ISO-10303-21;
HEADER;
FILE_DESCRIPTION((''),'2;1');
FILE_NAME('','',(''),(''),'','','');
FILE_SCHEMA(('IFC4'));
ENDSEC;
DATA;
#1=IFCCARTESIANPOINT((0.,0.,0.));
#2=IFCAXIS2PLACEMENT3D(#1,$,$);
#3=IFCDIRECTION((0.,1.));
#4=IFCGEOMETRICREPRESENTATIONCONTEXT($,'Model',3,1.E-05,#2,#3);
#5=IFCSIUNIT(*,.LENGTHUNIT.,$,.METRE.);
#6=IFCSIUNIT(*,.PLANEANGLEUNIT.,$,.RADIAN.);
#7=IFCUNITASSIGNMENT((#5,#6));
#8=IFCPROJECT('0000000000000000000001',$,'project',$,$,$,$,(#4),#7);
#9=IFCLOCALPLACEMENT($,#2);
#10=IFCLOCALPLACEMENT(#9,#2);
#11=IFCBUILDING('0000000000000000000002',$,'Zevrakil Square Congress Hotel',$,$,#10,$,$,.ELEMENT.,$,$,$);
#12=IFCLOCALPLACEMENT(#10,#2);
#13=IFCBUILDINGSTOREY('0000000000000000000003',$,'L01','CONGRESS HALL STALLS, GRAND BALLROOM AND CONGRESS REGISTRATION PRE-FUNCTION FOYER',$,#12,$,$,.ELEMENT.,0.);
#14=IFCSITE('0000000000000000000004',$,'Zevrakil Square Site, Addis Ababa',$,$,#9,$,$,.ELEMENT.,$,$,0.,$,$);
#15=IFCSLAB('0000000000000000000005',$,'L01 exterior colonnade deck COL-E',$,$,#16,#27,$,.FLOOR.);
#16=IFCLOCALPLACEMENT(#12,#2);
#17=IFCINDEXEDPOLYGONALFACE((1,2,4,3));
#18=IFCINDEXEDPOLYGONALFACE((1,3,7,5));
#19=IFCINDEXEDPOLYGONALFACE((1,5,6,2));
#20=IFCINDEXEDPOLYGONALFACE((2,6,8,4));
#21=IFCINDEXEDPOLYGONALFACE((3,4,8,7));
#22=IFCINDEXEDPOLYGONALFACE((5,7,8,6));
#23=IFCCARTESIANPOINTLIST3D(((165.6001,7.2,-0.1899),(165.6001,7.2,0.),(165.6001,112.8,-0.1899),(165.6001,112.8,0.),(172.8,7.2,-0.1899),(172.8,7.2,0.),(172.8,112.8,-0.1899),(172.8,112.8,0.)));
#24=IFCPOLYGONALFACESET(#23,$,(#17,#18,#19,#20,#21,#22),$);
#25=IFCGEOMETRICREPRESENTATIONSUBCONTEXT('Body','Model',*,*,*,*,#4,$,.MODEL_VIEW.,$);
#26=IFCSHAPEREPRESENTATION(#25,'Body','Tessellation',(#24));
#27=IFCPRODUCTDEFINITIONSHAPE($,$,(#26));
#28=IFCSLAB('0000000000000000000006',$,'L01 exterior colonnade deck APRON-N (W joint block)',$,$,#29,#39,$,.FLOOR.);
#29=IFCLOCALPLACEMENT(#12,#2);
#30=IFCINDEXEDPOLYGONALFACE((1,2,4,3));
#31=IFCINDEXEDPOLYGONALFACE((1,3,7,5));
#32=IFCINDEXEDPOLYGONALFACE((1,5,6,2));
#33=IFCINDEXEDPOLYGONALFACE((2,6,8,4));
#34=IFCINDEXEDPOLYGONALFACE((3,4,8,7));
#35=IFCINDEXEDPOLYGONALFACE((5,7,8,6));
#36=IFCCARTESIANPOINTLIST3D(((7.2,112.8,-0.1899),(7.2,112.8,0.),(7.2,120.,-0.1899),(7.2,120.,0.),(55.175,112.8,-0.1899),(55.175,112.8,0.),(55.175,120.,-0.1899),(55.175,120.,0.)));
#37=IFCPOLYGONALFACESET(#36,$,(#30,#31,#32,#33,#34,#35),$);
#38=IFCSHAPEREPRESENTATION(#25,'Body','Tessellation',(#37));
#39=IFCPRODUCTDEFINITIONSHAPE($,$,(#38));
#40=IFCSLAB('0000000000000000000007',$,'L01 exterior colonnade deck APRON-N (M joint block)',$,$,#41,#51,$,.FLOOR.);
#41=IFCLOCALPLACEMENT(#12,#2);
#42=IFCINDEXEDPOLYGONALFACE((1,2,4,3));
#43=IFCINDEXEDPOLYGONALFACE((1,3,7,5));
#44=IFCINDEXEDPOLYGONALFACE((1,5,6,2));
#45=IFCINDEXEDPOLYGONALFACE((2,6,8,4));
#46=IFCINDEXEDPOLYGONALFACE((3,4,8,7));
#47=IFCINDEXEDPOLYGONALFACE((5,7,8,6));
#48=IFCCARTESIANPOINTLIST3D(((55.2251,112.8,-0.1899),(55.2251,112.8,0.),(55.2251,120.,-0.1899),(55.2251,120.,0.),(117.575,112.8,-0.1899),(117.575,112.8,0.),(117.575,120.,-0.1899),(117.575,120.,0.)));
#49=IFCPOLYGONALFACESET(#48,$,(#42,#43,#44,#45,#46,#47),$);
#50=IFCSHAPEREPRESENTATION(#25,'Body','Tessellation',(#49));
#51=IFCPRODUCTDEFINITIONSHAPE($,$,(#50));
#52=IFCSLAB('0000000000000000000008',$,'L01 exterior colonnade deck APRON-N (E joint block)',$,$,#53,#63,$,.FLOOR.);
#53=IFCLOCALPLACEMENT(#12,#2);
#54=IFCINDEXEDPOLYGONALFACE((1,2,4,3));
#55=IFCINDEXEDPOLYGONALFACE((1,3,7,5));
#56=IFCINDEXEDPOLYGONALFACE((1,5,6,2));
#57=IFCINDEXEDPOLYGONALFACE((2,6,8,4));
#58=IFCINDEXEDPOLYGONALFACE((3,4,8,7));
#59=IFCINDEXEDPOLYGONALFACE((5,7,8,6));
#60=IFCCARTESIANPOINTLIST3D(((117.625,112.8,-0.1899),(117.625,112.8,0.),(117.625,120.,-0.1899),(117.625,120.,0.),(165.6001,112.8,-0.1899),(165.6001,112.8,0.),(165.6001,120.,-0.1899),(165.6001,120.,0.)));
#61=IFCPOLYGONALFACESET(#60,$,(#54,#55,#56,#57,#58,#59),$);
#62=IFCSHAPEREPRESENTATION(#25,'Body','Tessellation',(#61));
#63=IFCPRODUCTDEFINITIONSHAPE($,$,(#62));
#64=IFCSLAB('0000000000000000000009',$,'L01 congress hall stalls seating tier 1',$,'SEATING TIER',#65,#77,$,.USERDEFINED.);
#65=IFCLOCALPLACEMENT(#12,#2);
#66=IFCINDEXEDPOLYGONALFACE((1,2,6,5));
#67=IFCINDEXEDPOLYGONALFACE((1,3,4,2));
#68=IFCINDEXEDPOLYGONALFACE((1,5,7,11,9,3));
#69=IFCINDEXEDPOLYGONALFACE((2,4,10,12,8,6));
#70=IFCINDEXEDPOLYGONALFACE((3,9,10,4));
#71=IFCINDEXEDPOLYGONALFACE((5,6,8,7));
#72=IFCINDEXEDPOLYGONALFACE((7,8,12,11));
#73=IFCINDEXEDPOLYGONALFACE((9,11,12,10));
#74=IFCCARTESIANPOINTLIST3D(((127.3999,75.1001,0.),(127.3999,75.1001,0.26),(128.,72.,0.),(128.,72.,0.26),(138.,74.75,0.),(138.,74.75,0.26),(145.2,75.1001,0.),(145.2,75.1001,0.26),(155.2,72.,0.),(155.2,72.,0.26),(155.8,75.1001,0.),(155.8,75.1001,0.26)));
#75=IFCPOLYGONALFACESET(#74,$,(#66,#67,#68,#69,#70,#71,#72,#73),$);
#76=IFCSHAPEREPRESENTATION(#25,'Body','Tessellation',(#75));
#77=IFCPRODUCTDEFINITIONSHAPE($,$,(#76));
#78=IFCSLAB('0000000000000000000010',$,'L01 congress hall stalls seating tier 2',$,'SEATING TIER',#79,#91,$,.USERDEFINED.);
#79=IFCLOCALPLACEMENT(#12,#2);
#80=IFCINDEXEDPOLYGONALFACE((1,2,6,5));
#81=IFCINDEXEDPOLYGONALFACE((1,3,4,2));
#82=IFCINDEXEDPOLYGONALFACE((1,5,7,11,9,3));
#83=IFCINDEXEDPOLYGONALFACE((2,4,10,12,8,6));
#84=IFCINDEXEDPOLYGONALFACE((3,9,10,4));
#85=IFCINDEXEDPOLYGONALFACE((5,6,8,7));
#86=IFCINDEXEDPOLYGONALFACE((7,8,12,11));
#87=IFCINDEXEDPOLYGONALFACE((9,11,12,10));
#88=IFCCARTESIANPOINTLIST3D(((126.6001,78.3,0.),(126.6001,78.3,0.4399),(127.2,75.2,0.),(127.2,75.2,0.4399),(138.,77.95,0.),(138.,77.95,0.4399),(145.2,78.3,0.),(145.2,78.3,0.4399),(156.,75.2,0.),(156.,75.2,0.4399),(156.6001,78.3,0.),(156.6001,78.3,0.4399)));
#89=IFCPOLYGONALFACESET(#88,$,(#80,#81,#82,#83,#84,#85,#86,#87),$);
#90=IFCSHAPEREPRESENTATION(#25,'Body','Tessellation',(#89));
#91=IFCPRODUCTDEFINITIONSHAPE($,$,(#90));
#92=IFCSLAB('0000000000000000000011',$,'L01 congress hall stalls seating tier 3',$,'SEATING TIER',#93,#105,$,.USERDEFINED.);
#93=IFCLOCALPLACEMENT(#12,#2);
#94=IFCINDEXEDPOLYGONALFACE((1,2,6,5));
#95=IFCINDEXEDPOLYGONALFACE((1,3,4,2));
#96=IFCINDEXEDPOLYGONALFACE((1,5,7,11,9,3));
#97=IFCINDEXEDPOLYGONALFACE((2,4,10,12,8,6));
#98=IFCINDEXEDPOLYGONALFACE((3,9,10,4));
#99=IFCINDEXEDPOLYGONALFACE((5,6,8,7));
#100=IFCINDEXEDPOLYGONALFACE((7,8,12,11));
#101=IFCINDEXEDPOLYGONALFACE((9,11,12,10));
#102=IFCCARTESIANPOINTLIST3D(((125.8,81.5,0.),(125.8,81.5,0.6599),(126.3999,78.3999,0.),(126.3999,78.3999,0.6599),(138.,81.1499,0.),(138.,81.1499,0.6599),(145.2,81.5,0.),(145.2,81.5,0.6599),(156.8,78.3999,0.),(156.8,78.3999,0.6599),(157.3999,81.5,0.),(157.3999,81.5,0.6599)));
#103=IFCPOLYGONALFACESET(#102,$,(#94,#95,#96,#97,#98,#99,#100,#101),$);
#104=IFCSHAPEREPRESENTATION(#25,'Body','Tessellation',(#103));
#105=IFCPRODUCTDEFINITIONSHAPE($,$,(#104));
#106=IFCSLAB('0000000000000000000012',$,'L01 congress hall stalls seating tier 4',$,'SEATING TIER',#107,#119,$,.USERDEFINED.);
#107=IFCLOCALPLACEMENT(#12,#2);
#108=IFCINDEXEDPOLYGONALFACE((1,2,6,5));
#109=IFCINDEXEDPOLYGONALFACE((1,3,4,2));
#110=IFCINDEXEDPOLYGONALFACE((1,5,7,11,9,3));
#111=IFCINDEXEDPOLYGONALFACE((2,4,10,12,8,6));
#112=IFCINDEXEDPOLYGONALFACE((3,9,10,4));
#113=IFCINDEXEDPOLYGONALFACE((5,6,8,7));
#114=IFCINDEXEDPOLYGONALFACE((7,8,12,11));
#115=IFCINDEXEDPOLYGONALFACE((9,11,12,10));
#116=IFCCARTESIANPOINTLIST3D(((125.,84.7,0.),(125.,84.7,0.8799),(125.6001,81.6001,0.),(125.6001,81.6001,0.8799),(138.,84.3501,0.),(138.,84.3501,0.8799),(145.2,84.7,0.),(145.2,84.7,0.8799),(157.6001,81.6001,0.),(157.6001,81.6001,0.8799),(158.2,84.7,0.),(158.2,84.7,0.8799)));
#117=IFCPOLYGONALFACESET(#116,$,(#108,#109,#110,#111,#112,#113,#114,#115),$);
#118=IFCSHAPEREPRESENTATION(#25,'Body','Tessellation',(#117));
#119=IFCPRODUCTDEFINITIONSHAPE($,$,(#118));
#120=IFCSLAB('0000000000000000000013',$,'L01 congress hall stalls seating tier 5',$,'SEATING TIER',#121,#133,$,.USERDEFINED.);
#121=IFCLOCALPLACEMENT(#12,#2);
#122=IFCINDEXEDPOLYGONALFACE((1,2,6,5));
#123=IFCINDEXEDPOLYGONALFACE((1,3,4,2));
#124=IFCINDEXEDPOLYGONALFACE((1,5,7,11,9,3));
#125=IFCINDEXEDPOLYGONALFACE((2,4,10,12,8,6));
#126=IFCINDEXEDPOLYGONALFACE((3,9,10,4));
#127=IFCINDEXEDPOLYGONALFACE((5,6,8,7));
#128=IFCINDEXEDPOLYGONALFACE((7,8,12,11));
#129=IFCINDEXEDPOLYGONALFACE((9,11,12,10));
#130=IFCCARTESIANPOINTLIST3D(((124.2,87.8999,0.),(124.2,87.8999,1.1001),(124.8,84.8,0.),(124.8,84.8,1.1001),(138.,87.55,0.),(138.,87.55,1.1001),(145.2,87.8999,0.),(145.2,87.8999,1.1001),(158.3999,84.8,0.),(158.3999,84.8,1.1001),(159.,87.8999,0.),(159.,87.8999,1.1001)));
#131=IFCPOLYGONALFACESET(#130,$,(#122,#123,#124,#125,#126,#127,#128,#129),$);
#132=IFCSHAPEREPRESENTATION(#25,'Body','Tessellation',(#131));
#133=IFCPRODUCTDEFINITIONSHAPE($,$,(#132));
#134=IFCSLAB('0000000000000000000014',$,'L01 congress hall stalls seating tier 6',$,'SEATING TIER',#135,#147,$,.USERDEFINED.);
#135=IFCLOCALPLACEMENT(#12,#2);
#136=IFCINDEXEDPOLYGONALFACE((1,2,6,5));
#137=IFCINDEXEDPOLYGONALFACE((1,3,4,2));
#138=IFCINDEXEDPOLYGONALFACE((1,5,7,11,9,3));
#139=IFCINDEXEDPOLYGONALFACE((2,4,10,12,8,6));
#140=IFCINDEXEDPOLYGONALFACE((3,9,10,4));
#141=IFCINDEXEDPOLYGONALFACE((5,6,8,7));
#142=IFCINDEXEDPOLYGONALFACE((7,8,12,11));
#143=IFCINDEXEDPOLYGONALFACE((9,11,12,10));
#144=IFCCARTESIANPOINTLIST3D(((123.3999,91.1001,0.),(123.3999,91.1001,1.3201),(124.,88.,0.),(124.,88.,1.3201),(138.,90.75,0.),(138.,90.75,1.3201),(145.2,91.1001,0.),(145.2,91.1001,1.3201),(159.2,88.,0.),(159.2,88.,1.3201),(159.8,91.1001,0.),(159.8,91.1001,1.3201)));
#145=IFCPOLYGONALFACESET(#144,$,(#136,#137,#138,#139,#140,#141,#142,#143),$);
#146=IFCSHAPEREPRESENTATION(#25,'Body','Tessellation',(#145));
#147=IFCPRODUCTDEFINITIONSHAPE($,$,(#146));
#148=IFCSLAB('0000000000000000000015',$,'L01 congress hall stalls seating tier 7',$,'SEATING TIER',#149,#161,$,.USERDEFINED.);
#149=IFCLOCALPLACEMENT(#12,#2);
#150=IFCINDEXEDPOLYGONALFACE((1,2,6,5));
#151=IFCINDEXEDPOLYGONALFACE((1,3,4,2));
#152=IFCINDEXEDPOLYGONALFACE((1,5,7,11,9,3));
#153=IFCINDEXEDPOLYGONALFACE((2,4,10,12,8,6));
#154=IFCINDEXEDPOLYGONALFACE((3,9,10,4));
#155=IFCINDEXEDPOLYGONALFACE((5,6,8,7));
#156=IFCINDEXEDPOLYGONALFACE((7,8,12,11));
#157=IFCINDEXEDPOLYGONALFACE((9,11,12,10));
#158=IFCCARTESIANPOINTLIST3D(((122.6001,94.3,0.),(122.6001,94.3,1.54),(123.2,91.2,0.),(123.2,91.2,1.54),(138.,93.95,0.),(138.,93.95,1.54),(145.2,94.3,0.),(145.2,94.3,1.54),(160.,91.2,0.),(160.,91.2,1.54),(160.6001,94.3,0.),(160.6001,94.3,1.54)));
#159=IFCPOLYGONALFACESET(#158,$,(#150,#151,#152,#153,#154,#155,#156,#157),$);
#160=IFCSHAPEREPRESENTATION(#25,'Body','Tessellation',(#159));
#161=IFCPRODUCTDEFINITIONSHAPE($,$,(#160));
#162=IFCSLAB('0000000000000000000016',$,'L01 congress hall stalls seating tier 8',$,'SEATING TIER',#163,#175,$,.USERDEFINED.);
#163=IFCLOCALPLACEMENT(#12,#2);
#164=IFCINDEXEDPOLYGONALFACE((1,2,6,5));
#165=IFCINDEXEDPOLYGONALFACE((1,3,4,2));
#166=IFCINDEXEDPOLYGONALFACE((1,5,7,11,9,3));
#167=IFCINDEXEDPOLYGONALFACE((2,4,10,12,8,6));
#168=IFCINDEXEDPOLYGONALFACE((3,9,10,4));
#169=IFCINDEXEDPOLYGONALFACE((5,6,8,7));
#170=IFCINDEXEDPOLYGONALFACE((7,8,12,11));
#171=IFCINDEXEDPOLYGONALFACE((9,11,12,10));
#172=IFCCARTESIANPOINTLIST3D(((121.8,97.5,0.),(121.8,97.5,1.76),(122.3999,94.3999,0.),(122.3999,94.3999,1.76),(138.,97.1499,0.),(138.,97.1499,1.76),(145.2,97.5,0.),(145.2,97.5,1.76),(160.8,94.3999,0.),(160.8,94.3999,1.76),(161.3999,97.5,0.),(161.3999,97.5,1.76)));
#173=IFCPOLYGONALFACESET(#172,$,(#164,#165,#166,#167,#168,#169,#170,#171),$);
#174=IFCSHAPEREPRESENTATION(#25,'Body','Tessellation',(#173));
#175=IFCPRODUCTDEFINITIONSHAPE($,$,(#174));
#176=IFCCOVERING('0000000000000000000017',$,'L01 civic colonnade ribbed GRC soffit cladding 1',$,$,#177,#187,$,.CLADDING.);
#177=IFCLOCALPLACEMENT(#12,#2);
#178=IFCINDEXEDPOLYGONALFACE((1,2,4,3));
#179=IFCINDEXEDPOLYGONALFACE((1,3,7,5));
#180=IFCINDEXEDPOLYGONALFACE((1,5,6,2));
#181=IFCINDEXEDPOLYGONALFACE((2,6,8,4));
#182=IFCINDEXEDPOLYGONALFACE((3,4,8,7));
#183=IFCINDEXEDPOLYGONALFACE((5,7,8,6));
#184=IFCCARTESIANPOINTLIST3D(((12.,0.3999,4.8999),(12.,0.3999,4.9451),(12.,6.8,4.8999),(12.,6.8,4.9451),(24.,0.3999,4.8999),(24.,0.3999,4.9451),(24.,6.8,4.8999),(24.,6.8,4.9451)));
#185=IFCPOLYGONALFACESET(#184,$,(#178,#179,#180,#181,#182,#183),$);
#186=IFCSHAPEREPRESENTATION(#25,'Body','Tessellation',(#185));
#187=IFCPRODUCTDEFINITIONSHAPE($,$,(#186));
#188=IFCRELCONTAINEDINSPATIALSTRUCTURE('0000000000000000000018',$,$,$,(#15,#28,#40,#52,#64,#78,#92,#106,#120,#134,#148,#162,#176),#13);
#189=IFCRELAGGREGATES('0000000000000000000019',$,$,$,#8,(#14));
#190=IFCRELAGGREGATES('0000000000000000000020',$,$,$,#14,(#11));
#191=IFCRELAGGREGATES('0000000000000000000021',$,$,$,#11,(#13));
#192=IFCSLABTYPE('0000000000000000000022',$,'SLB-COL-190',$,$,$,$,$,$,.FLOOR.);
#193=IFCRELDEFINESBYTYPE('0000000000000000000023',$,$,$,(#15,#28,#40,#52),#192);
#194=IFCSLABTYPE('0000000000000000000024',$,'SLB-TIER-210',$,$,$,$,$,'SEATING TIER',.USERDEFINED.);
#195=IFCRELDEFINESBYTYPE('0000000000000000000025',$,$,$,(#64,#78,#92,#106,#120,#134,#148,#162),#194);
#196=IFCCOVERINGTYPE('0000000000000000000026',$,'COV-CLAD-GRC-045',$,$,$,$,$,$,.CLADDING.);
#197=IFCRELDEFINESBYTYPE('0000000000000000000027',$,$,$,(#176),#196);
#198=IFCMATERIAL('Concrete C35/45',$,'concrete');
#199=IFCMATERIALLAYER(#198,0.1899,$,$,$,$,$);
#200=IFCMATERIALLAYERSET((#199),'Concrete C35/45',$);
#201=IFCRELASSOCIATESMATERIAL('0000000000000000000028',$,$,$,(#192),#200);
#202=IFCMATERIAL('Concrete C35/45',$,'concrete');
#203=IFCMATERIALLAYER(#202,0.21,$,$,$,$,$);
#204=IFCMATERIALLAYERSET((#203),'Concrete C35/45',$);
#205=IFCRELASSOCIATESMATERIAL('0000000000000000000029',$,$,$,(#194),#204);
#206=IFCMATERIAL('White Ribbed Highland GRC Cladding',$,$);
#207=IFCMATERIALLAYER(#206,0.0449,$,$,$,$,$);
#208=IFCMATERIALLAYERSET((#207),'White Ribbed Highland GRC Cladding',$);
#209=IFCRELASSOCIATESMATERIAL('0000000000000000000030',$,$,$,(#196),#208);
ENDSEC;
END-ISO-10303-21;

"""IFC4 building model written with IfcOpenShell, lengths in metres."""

from ifc_helpers import new_model, si_unit, direction, frame, origin, place, context, subcontext, project, spatial, polyline, outline, extrude, material, layer, layer_set, type_object, element, save


model = new_model("IFC4")

# Units and contexts
model_context = context("Model", 3, precision=1e-05, world=origin(), true_north=direction((0.0, 1.0)))
body_context = subcontext(model_context, "Body", "Model", "MODEL_VIEW")
ifc_project = project(units=[si_unit("LENGTHUNIT", "METRE"), si_unit("PLANEANGLEUNIT", "RADIAN")], contexts=[model_context])

# Site, building, storey
site_placement = place(None, origin())
site = spatial("IfcSite", under=ifc_project, at=site_placement, Name="Zevrakil Square Site, Addis Ababa", CompositionType="ELEMENT", RefElevation=0.0)
building_placement = place(site_placement, origin())
building = spatial("IfcBuilding", under=site, at=building_placement, Name="Zevrakil Square Congress Hotel", CompositionType="ELEMENT")
storey_placement = place(building_placement, origin())
storey = spatial("IfcBuildingStorey", under=building, at=storey_placement, Name="L01", Description="CONGRESS HALL STALLS, GRAND BALLROOM AND CONGRESS REGISTRATION PRE-FUNCTION FOYER", CompositionType="ELEMENT", Elevation=0.0)

# Slabs
ifc_material_1 = material(Name="Concrete C35/45", Category="concrete")
ifc_layer_1 = layer(ifc_material_1, 0.1899)
ifc_layer_set_1 = layer_set([ifc_layer_1], Name="Concrete C35/45")
slab_type_1 = type_object("IfcSlabType", Name="SLB-COL-190", PredefinedType="FLOOR", material=ifc_layer_set_1)
slab_1_placement = place(storey_placement, frame((0.0, 0.0, -0.1899)))
element("IfcSlab", 1, at=slab_1_placement, inside=storey, type_object=slab_type_1, Name="L01 exterior colonnade deck COL-E", PredefinedType="FLOOR", context=body_context, shape_type="SweptSolid", body=[
    extrude(outline(polyline([(165.6001, 112.8), (172.8, 112.8), (172.8, 7.2), (165.6001, 7.2), (165.6001, 112.8)])), origin(), (0.0, 0.0, 1.0), 0.1899),
])
slab_2_placement = place(storey_placement, frame((0.0, 0.0, -0.1899)))
element("IfcSlab", 2, at=slab_2_placement, inside=storey, type_object=slab_type_1, Name="L01 exterior colonnade deck APRON-N (W joint block)", PredefinedType="FLOOR", context=body_context, shape_type="SweptSolid", body=[
    extrude(outline(polyline([(7.2, 112.8), (7.2, 120.0), (55.175, 120.0), (55.175, 112.8), (7.2, 112.8)])), origin(), (0.0, 0.0, 1.0), 0.1899),
])
slab_3_placement = place(storey_placement, frame((0.0, 0.0, -0.1899)))
element("IfcSlab", 3, at=slab_3_placement, inside=storey, type_object=slab_type_1, Name="L01 exterior colonnade deck APRON-N (M joint block)", PredefinedType="FLOOR", context=body_context, shape_type="SweptSolid", body=[
    extrude(outline(polyline([(55.2251, 112.8), (55.2251, 120.0), (117.575, 120.0), (117.575, 112.8), (55.2251, 112.8)])), origin(), (0.0, 0.0, 1.0), 0.1899),
])
slab_4_placement = place(storey_placement, frame((0.0, 0.0, -0.1899)))
element("IfcSlab", 4, at=slab_4_placement, inside=storey, type_object=slab_type_1, Name="L01 exterior colonnade deck APRON-N (E joint block)", PredefinedType="FLOOR", context=body_context, shape_type="SweptSolid", body=[
    extrude(outline(polyline([(165.6001, 120.0), (165.6001, 112.8), (117.625, 112.8), (117.625, 120.0), (165.6001, 120.0)])), origin(), (0.0, 0.0, 1.0), 0.1899),
])
ifc_material_2 = material(Name="Concrete C35/45", Category="concrete")
ifc_layer_2 = layer(ifc_material_2, 0.21)
ifc_layer_set_2 = layer_set([ifc_layer_2], Name="Concrete C35/45")
slab_type_2 = type_object("IfcSlabType", Name="SLB-TIER-210", ElementType="SEATING TIER", PredefinedType="USERDEFINED", material=ifc_layer_set_2)
slab_5_placement = place(storey_placement, origin())
element("IfcSlab", 5, at=slab_5_placement, inside=storey, type_object=slab_type_2, Name="L01 congress hall stalls seating tier 1", ObjectType="SEATING TIER", PredefinedType="USERDEFINED", context=body_context, shape_type="SweptSolid", body=[
    extrude(outline(polyline([(128.0, 72.0), (155.2, 72.0), (155.8, 75.1001), (145.2, 75.1001), (138.0, 74.75), (127.3999, 75.1001), (128.0, 72.0)])), origin(), (0.0, 0.0, 1.0), 0.26),
])
slab_6_placement = place(storey_placement, origin())
element("IfcSlab", 6, at=slab_6_placement, inside=storey, type_object=slab_type_2, Name="L01 congress hall stalls seating tier 2", ObjectType="SEATING TIER", PredefinedType="USERDEFINED", context=body_context, shape_type="SweptSolid", body=[
    extrude(outline(polyline([(127.2, 75.2), (156.0, 75.2), (156.6001, 78.3), (145.2, 78.3), (138.0, 77.95), (126.6001, 78.3), (127.2, 75.2)])), origin(), (0.0, 0.0, 1.0), 0.4399),
])
slab_7_placement = place(storey_placement, origin())
element("IfcSlab", 7, at=slab_7_placement, inside=storey, type_object=slab_type_2, Name="L01 congress hall stalls seating tier 3", ObjectType="SEATING TIER", PredefinedType="USERDEFINED", context=body_context, shape_type="SweptSolid", body=[
    extrude(outline(polyline([(126.3999, 78.3999), (156.8, 78.3999), (157.3999, 81.5), (145.2, 81.5), (138.0, 81.1499), (125.8, 81.5), (126.3999, 78.3999)])), origin(), (0.0, 0.0, 1.0), 0.6599),
])
slab_8_placement = place(storey_placement, origin())
element("IfcSlab", 8, at=slab_8_placement, inside=storey, type_object=slab_type_2, Name="L01 congress hall stalls seating tier 4", ObjectType="SEATING TIER", PredefinedType="USERDEFINED", context=body_context, shape_type="SweptSolid", body=[
    extrude(outline(polyline([(125.6001, 81.6001), (157.6001, 81.6001), (158.2, 84.7), (145.2, 84.7), (138.0, 84.3501), (125.0, 84.7), (125.6001, 81.6001)])), origin(), (0.0, 0.0, 1.0), 0.8799),
])
slab_9_placement = place(storey_placement, origin())
element("IfcSlab", 9, at=slab_9_placement, inside=storey, type_object=slab_type_2, Name="L01 congress hall stalls seating tier 5", ObjectType="SEATING TIER", PredefinedType="USERDEFINED", context=body_context, shape_type="SweptSolid", body=[
    extrude(outline(polyline([(124.8, 84.8), (158.3999, 84.8), (159.0, 87.8999), (145.2, 87.8999), (138.0, 87.55), (124.2, 87.8999), (124.8, 84.8)])), origin(), (0.0, 0.0, 1.0), 1.1001),
])
slab_10_placement = place(storey_placement, origin())
element("IfcSlab", 10, at=slab_10_placement, inside=storey, type_object=slab_type_2, Name="L01 congress hall stalls seating tier 6", ObjectType="SEATING TIER", PredefinedType="USERDEFINED", context=body_context, shape_type="SweptSolid", body=[
    extrude(outline(polyline([(124.0, 88.0), (159.2, 88.0), (159.8, 91.1001), (145.2, 91.1001), (138.0, 90.75), (123.3999, 91.1001), (124.0, 88.0)])), origin(), (0.0, 0.0, 1.0), 1.3201),
])
slab_11_placement = place(storey_placement, origin())
element("IfcSlab", 11, at=slab_11_placement, inside=storey, type_object=slab_type_2, Name="L01 congress hall stalls seating tier 7", ObjectType="SEATING TIER", PredefinedType="USERDEFINED", context=body_context, shape_type="SweptSolid", body=[
    extrude(outline(polyline([(123.2, 91.2), (160.0, 91.2), (160.6001, 94.3), (145.2, 94.3), (138.0, 93.95), (122.6001, 94.3), (123.2, 91.2)])), origin(), (0.0, 0.0, 1.0), 1.54),
])
slab_12_placement = place(storey_placement, origin())
element("IfcSlab", 12, at=slab_12_placement, inside=storey, type_object=slab_type_2, Name="L01 congress hall stalls seating tier 8", ObjectType="SEATING TIER", PredefinedType="USERDEFINED", context=body_context, shape_type="SweptSolid", body=[
    extrude(outline(polyline([(122.3999, 94.3999), (160.8, 94.3999), (161.3999, 97.5), (145.2, 97.5), (138.0, 97.1499), (121.8, 97.5), (122.3999, 94.3999)])), origin(), (0.0, 0.0, 1.0), 1.76),
])

# Covering
ifc_material_3 = material(Name="White Ribbed Highland GRC Cladding")
ifc_layer_3 = layer(ifc_material_3, 0.0449)
ifc_layer_set_3 = layer_set([ifc_layer_3], Name="White Ribbed Highland GRC Cladding")
covering_type = type_object("IfcCoveringType", Name="COV-CLAD-GRC-045", PredefinedType="CLADDING", material=ifc_layer_set_3)
covering_1_placement = place(storey_placement, frame((0.0, 0.0, 4.8999)))
element("IfcCovering", 13, at=covering_1_placement, inside=storey, type_object=covering_type, Name="L01 civic colonnade ribbed GRC soffit cladding 1", PredefinedType="CLADDING", context=body_context, shape_type="SweptSolid", body=[
    extrude(outline(polyline([(12.0, 0.3999), (24.0, 0.3999), (24.0, 6.8), (12.0, 6.8), (12.0, 0.3999)])), origin(), (0.0, 0.0, 1.0), 0.0452),
])

save(model, "model.ifc")
